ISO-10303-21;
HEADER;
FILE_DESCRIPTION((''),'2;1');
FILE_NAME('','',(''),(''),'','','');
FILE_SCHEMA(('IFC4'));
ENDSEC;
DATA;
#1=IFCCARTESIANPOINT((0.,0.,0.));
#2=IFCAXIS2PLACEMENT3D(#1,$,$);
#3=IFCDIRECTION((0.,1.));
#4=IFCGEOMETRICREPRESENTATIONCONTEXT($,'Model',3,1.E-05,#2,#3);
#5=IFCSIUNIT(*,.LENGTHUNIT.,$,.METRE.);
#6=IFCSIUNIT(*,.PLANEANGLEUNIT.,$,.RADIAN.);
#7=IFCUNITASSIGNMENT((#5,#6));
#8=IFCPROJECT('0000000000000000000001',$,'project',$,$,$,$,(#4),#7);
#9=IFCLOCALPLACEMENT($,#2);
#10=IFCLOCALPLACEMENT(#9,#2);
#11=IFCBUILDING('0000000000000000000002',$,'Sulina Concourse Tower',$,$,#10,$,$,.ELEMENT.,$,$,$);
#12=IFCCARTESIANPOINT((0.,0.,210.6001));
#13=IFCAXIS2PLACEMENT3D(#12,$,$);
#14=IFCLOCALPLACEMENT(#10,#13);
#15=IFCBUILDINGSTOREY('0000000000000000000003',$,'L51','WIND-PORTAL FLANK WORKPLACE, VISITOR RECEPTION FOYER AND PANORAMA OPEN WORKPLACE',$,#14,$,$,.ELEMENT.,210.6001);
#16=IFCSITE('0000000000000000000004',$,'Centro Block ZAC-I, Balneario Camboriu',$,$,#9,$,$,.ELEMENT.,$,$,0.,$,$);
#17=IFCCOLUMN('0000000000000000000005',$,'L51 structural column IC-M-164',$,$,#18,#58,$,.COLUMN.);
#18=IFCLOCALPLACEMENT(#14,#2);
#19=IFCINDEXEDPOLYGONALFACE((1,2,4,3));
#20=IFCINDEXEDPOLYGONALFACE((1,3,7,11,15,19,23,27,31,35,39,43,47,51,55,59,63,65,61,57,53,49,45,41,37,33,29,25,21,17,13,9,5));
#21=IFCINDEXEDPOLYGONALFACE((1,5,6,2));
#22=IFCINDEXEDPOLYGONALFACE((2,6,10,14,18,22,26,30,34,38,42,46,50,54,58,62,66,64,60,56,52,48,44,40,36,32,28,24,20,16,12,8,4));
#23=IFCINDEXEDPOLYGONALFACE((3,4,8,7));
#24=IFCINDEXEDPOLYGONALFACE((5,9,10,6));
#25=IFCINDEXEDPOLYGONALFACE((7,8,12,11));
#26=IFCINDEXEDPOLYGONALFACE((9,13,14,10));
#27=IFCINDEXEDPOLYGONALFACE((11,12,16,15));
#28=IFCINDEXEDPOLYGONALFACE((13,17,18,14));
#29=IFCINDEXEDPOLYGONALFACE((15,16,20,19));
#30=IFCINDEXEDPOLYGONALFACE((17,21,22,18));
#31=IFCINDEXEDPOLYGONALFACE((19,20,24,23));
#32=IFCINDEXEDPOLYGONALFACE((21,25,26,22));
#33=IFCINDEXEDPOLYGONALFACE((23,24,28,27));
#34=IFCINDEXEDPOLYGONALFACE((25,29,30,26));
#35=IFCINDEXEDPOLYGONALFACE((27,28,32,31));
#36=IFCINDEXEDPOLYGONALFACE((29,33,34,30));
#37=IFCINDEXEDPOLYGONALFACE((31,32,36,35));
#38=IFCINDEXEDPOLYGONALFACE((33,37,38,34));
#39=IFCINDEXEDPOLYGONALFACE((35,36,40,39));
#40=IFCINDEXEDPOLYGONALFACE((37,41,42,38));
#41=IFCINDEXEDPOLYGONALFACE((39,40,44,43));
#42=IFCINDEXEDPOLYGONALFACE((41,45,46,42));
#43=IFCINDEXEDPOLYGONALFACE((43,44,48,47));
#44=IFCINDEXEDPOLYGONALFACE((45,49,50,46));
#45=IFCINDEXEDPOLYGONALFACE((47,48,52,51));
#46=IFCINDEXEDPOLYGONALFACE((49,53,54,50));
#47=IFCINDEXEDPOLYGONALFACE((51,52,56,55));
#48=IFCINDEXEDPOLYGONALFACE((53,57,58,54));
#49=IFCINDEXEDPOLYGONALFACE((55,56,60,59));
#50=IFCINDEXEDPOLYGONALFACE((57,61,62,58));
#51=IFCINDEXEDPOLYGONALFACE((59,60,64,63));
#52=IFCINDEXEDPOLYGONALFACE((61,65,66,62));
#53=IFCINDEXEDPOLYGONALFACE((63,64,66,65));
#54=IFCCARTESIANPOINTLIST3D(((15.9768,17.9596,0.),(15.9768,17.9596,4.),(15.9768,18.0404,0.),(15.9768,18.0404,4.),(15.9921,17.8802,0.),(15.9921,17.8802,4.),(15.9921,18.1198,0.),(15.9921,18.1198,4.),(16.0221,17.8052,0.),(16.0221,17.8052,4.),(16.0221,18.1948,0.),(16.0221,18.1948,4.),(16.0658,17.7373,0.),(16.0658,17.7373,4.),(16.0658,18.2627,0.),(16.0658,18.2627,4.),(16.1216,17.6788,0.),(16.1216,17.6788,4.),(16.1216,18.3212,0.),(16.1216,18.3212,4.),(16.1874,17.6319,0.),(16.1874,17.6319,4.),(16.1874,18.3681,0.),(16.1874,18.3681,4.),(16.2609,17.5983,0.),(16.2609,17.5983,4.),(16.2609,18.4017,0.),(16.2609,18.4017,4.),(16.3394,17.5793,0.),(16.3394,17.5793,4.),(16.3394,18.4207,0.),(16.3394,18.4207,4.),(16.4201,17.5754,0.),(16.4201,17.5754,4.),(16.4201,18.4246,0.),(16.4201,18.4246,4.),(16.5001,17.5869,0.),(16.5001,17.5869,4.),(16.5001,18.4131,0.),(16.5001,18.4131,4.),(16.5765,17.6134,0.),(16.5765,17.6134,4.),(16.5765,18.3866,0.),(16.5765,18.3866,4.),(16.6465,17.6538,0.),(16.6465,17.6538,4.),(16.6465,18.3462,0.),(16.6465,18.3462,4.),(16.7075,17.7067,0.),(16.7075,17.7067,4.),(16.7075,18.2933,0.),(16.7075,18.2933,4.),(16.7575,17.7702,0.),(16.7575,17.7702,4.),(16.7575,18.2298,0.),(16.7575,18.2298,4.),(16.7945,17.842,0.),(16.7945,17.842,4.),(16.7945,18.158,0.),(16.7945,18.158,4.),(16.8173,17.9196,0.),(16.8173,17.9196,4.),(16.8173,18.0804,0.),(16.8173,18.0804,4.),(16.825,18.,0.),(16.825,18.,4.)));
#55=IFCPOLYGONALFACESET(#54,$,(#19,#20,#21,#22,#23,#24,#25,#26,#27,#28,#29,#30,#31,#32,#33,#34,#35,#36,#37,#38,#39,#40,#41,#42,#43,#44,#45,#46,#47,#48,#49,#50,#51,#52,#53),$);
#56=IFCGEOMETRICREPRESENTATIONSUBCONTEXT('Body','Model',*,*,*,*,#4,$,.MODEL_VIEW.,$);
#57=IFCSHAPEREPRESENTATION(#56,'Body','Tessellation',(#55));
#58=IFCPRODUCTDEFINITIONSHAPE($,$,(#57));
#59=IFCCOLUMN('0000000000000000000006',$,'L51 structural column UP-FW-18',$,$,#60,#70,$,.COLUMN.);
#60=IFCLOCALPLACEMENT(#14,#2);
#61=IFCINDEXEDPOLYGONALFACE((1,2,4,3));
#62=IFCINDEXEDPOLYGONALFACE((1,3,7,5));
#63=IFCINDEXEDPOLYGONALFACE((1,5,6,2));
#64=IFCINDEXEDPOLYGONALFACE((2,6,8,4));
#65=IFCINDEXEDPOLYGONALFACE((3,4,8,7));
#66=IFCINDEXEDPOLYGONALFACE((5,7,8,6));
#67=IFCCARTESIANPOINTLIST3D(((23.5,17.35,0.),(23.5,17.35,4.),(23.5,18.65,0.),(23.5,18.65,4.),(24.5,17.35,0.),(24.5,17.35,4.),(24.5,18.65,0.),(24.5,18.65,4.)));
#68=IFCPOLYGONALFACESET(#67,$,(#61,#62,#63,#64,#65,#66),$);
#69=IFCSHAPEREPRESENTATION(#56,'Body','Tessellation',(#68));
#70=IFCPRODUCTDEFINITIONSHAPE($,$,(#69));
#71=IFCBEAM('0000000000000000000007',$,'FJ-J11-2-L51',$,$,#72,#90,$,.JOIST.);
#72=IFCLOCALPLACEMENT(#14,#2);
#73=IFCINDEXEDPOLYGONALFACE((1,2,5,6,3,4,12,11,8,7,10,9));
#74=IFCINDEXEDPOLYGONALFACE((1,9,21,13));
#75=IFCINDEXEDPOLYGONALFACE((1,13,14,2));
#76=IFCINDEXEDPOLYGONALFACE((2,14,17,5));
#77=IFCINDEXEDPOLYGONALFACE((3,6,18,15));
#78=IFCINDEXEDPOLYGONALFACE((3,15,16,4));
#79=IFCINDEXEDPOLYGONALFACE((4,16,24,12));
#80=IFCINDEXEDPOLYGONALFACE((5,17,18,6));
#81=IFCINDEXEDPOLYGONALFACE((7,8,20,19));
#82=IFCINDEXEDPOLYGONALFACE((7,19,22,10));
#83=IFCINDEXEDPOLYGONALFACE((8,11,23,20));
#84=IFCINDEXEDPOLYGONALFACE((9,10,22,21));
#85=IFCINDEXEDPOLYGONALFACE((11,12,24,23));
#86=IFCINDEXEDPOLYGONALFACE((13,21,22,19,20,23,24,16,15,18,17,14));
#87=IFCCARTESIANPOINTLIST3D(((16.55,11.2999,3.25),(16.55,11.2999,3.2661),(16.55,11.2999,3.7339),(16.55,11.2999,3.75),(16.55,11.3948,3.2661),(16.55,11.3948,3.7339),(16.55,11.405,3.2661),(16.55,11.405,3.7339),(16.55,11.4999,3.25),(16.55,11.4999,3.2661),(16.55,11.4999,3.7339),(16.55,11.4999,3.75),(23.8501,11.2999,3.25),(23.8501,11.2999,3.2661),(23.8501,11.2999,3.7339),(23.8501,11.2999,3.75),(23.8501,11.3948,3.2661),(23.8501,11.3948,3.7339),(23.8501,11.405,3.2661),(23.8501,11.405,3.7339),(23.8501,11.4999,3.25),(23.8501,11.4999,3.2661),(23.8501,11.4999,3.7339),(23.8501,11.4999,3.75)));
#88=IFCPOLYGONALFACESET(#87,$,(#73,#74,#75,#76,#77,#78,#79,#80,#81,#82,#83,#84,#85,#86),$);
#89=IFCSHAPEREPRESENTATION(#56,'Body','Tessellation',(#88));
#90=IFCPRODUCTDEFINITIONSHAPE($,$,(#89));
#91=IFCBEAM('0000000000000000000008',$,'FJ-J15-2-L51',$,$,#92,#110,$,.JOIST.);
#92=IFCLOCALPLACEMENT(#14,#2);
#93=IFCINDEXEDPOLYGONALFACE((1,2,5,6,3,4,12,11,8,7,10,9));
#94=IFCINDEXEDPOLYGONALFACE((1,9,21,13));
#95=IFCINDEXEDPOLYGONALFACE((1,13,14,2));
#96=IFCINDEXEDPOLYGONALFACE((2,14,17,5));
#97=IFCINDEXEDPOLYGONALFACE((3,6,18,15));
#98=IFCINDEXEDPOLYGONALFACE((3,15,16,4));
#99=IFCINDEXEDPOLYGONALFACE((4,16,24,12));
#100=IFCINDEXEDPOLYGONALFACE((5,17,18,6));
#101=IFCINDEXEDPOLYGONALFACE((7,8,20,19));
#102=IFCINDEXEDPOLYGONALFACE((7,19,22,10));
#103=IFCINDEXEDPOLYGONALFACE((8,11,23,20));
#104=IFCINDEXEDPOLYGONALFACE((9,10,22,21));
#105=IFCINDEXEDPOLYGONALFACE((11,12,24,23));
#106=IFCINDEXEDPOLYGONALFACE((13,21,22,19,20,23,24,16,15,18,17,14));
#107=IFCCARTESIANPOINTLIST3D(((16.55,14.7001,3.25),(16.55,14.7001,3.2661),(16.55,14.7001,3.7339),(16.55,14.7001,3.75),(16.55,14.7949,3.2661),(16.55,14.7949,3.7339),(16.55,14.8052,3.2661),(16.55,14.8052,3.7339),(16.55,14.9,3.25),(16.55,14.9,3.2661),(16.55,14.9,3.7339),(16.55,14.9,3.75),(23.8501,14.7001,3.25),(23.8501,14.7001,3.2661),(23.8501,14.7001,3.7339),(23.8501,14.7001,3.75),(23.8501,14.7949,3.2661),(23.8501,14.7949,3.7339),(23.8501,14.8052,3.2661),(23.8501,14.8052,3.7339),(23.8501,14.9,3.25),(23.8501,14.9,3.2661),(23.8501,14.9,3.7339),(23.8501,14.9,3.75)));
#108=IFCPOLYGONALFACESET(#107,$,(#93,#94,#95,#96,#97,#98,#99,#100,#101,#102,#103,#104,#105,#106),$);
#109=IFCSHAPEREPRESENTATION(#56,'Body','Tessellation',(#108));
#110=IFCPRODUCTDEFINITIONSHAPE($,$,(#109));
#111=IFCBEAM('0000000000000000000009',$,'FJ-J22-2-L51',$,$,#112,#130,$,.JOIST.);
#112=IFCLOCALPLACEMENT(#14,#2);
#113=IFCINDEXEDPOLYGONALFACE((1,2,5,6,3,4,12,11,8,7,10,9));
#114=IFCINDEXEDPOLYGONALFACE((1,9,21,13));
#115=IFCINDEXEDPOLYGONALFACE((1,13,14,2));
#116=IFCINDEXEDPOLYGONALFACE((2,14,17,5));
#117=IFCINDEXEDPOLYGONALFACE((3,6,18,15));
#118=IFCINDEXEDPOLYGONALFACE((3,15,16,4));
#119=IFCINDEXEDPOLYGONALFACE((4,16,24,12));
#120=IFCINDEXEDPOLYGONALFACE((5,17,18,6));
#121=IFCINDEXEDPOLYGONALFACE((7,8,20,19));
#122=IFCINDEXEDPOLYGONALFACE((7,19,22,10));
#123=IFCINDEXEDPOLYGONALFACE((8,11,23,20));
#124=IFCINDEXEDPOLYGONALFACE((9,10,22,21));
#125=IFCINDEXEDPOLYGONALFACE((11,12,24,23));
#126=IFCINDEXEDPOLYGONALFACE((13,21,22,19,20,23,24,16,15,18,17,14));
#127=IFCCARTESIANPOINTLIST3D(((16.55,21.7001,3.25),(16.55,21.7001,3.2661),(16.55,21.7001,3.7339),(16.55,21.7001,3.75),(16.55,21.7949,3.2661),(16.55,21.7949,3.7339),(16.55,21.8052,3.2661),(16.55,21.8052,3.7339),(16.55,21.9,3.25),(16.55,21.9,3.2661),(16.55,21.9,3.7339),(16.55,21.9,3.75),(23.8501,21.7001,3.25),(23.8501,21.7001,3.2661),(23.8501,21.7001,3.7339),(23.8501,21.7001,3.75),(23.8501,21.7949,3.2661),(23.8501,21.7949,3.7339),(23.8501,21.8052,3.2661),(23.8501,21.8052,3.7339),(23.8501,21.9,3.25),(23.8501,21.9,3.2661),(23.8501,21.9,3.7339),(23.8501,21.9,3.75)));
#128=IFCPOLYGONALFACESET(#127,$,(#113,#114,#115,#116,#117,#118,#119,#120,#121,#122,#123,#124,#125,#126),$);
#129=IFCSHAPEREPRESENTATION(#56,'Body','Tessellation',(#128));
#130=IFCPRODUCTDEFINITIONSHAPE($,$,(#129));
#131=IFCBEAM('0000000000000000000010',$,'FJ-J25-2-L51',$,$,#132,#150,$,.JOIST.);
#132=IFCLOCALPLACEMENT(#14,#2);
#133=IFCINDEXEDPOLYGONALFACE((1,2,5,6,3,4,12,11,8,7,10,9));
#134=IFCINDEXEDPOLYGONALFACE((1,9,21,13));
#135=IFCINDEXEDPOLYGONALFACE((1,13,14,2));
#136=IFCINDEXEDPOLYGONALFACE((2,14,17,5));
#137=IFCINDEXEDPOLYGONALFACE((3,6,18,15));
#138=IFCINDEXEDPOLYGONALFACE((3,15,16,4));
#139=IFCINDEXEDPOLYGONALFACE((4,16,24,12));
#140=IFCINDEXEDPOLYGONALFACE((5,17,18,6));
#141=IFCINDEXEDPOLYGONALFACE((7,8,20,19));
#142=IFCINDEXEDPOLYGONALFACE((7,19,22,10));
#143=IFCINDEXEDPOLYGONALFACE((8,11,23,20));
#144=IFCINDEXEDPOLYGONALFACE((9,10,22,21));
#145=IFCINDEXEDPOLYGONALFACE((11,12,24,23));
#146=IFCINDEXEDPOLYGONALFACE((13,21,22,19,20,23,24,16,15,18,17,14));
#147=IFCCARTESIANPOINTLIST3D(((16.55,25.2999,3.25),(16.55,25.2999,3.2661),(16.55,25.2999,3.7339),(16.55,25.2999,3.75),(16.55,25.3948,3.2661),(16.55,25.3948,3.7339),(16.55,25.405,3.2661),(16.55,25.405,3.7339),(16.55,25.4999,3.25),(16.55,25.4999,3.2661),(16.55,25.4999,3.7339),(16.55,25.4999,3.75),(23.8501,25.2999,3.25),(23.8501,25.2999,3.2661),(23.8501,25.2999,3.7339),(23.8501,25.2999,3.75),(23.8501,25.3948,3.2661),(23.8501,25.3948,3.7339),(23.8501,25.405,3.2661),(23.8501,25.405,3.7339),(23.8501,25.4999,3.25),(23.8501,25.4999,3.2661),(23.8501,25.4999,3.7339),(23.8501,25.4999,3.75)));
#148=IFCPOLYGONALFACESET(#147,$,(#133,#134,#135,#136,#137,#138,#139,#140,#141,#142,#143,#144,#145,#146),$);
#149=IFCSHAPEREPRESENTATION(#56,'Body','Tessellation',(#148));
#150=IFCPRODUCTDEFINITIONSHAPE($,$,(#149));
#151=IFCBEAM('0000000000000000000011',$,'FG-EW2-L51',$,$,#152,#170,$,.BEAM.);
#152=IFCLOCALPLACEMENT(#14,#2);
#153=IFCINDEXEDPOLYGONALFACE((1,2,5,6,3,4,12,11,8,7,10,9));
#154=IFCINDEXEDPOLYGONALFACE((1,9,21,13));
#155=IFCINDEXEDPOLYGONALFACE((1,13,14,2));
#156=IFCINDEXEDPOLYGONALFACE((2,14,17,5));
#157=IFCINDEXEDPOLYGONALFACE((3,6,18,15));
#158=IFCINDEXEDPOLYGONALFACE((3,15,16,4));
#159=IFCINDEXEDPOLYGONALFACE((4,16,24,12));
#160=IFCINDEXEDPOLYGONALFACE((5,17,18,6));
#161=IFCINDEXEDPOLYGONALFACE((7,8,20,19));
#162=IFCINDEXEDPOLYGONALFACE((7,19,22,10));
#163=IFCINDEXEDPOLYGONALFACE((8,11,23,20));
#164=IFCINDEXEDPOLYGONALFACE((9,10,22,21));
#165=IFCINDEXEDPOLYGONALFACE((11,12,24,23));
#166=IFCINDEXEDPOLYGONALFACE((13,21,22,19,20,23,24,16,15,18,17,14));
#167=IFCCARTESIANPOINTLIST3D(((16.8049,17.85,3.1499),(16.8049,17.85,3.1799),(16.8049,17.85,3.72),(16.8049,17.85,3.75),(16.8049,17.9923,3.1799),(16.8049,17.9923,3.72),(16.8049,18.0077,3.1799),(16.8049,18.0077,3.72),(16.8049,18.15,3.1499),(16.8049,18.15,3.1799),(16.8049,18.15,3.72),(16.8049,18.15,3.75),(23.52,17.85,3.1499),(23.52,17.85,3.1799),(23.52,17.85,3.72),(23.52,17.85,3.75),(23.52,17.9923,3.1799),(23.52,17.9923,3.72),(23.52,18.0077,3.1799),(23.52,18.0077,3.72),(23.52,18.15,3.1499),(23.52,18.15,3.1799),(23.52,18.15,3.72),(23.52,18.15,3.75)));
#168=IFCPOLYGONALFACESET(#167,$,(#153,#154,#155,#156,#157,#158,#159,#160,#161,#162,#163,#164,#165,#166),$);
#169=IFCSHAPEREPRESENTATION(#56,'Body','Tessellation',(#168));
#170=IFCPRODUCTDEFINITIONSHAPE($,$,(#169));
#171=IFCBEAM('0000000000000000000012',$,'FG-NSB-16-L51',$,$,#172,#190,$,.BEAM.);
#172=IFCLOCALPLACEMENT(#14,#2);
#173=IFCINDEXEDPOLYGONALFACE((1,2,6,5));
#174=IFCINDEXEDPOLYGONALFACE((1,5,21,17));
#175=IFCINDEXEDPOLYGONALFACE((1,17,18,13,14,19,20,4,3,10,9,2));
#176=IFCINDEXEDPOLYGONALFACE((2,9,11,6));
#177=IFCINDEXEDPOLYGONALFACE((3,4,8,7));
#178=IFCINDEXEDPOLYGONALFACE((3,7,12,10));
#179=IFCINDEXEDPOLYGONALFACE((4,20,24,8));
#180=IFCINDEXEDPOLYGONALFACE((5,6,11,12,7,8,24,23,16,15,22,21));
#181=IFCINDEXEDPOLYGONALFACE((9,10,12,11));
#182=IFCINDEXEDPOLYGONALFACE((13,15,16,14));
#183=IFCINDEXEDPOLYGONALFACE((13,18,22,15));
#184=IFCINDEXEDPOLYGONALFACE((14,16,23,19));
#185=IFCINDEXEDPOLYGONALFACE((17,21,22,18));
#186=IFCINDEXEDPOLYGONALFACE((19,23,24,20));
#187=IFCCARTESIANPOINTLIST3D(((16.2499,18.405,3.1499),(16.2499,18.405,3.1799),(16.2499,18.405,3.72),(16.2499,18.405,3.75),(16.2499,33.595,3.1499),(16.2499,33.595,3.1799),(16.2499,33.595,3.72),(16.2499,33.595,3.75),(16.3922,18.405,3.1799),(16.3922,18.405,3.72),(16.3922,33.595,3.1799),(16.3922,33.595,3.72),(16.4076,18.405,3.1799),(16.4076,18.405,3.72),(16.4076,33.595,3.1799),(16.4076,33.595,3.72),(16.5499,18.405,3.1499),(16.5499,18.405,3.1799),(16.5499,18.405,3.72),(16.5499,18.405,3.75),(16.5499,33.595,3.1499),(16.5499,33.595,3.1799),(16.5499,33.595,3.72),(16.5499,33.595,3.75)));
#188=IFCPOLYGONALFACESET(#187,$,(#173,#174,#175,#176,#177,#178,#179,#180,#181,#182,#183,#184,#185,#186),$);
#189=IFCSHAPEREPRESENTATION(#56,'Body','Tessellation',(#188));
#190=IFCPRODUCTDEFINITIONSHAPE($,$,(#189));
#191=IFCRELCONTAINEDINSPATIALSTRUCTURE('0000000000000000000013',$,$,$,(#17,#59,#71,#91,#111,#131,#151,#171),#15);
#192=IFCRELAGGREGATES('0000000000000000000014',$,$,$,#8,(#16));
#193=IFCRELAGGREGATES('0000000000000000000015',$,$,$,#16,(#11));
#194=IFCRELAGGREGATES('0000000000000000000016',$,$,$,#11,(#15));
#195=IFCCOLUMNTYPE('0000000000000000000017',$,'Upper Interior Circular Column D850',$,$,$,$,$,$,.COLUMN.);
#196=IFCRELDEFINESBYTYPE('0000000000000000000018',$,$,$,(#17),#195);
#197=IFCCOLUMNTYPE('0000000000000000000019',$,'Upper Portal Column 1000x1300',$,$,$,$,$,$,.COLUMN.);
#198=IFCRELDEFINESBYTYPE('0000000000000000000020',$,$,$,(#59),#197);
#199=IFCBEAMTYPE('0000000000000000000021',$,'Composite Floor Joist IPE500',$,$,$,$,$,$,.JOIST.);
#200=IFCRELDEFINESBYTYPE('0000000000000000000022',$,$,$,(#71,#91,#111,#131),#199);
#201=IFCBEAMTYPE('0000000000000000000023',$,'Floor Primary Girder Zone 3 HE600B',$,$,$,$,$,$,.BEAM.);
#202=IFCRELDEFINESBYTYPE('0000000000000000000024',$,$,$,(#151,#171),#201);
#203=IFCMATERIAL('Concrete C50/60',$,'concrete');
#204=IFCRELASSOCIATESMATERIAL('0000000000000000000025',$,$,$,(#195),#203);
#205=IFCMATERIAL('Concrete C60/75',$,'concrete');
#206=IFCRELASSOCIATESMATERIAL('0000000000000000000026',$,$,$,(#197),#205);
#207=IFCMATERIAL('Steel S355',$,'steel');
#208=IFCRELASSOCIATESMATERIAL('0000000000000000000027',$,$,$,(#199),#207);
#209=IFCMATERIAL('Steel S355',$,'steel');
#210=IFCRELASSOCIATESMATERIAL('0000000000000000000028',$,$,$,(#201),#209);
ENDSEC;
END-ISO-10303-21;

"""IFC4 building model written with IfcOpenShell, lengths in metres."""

from ifc_helpers import new_model, si_unit, direction, frame, origin, origin_2d, place, context, subcontext, project, spatial, rectangle, circle, i_section, extrude, material, material_profile, profile_set, type_object, element, save


model = new_model("IFC4")

# Units and contexts
model_context = context("Model", 3, precision=1e-05, world=origin(), true_north=direction((0.0, 1.0)))
body_context = subcontext(model_context, "Body", "Model", "MODEL_VIEW")
ifc_project = project(units=[si_unit("LENGTHUNIT", "METRE"), si_unit("PLANEANGLEUNIT", "RADIAN")], contexts=[model_context])

# Site, building, storey
site_placement = place(None, origin())
site = spatial("IfcSite", under=ifc_project, at=site_placement, Name="Centro Block ZAC-I, Balneario Camboriu", CompositionType="ELEMENT", RefElevation=0.0)
building_placement = place(site_placement, origin())
building = spatial("IfcBuilding", under=site, at=building_placement, Name="Sulina Concourse Tower", CompositionType="ELEMENT")
storey_placement = place(building_placement, frame((0.0, 0.0, 210.6001)))
storey = spatial("IfcBuildingStorey", under=building, at=storey_placement, Name="L51", Description="WIND-PORTAL FLANK WORKPLACE, VISITOR RECEPTION FOYER AND PANORAMA OPEN WORKPLACE", CompositionType="ELEMENT", Elevation=210.6001)

# Columns
ifc_material_1 = material(Name="Concrete C50/60", Category="concrete")
ifc_material_profile_1 = material_profile(ifc_material_1, circle(Radius=0.425, at=origin_2d()), Name="RC D850")
ifc_profile_set_1 = profile_set([ifc_material_profile_1], Name="Concrete C50/60")
column_type_1 = type_object("IfcColumnType", Name="Upper Interior Circular Column D850", PredefinedType="COLUMN", material=ifc_profile_set_1)
column_1_placement = place(storey_placement, frame((16.3999, 18.0, 0.0), z_axis=(0.0, 0.0, 1.0), x_axis=(1.0, 0.0, 0.0)))
element("IfcColumn", 1, at=column_1_placement, inside=storey, type_object=column_type_1, Name="L51 structural column IC-M-164", PredefinedType="COLUMN", context=body_context, shape_type="SweptSolid", body=[
    extrude(circle(Radius=0.425, at=origin_2d()), origin(), (0.0, 0.0, 1.0), 4.0),
])
ifc_material_2 = material(Name="Concrete C60/75", Category="concrete")
ifc_material_profile_2 = material_profile(ifc_material_2, rectangle(XDim=1.0, YDim=1.3, at=origin_2d()), Name="RC 1000x1300")
ifc_profile_set_2 = profile_set([ifc_material_profile_2], Name="Concrete C60/75")
column_type_2 = type_object("IfcColumnType", Name="Upper Portal Column 1000x1300", PredefinedType="COLUMN", material=ifc_profile_set_2)
column_2_placement = place(storey_placement, frame((24.0, 18.0, 0.0), z_axis=(0.0, 0.0, 1.0), x_axis=(1.0, 0.0, 0.0)))
element("IfcColumn", 2, at=column_2_placement, inside=storey, type_object=column_type_2, Name="L51 structural column UP-FW-18", PredefinedType="COLUMN", context=body_context, shape_type="SweptSolid", body=[
    extrude(rectangle(XDim=1.0, YDim=1.3, at=origin_2d()), origin(), (0.0, 0.0, 1.0), 4.0),
])

# Beams
ifc_material_3 = material(Name="Steel S355", Category="steel")
ifc_material_profile_3 = material_profile(ifc_material_3, i_section(OverallWidth=0.2, OverallDepth=0.5, WebThickness=0.0103, FlangeThickness=0.0161, at=origin_2d()), Name="IPE 500")
ifc_profile_set_3 = profile_set([ifc_material_profile_3], Name="Steel S355")
beam_type_1 = type_object("IfcBeamType", Name="Composite Floor Joist IPE500", PredefinedType="JOIST", material=ifc_profile_set_3)
for number, where, z_axis, x_axis, name in (
    (3, (16.55, 11.3999, 3.5), (1.0, 0.0, 0.0), (0.0, 1.0, 0.0), "FJ-J11-2-L51"),
    (4, (16.55, 14.8, 3.5), (1.0, 0.0, 0.0), (0.0, 1.0, 0.0), "FJ-J15-2-L51"),
    (5, (16.55, 21.8, 3.5), (1.0, 0.0, 0.0), (0.0, 1.0, 0.0), "FJ-J22-2-L51"),
    (6, (16.55, 25.3999, 3.5), (1.0, 0.0, 0.0), (0.0, 1.0, 0.0), "FJ-J25-2-L51"),
):
    element("IfcBeam", number, at=place(storey_placement, frame(where, z_axis=z_axis, x_axis=x_axis)), inside=storey, type_object=beam_type_1, Name=name, PredefinedType="JOIST", context=body_context, shape_type="SweptSolid", body=[
        extrude(i_section(OverallWidth=0.2, OverallDepth=0.5, WebThickness=0.0103, FlangeThickness=0.0161, at=origin_2d()), origin(), (0.0, 0.0, 1.0), 7.3),
    ])
ifc_material_4 = material(Name="Steel S355", Category="steel")
ifc_material_profile_4 = material_profile(ifc_material_4, i_section(OverallWidth=0.3, OverallDepth=0.6001, WebThickness=0.0154, FlangeThickness=0.03, at=origin_2d()), Name="HE 600 B")
ifc_profile_set_4 = profile_set([ifc_material_profile_4], Name="Steel S355")
beam_type_2 = type_object("IfcBeamType", Name="Floor Primary Girder Zone 3 HE600B", PredefinedType="BEAM", material=ifc_profile_set_4)
beam_1_placement = place(storey_placement, frame((16.8049, 18.0, 3.45), z_axis=(1.0, 0.0, 0.0), x_axis=(0.0, 1.0, 0.0)))
element("IfcBeam", 7, at=beam_1_placement, inside=storey, type_object=beam_type_2, Name="FG-EW2-L51", PredefinedType="BEAM", context=body_context, shape_type="SweptSolid", body=[
    extrude(i_section(OverallWidth=0.3, OverallDepth=0.6001, WebThickness=0.0154, FlangeThickness=0.03, at=origin_2d()), origin(), (0.0, 0.0, 1.0), 6.7151),
])
beam_2_placement = place(storey_placement, frame((16.3999, 18.405, 3.45), z_axis=(0.0, 1.0, 0.0), x_axis=(-1.0, 0.0, 0.0)))
element("IfcBeam", 8, at=beam_2_placement, inside=storey, type_object=beam_type_2, Name="FG-NSB-16-L51", PredefinedType="BEAM", context=body_context, shape_type="SweptSolid", body=[
    extrude(i_section(OverallWidth=0.3, OverallDepth=0.6001, WebThickness=0.0154, FlangeThickness=0.03, at=origin_2d()), origin(), (0.0, 0.0, 1.0), 15.1899),
])

save(model, "model.ifc")
